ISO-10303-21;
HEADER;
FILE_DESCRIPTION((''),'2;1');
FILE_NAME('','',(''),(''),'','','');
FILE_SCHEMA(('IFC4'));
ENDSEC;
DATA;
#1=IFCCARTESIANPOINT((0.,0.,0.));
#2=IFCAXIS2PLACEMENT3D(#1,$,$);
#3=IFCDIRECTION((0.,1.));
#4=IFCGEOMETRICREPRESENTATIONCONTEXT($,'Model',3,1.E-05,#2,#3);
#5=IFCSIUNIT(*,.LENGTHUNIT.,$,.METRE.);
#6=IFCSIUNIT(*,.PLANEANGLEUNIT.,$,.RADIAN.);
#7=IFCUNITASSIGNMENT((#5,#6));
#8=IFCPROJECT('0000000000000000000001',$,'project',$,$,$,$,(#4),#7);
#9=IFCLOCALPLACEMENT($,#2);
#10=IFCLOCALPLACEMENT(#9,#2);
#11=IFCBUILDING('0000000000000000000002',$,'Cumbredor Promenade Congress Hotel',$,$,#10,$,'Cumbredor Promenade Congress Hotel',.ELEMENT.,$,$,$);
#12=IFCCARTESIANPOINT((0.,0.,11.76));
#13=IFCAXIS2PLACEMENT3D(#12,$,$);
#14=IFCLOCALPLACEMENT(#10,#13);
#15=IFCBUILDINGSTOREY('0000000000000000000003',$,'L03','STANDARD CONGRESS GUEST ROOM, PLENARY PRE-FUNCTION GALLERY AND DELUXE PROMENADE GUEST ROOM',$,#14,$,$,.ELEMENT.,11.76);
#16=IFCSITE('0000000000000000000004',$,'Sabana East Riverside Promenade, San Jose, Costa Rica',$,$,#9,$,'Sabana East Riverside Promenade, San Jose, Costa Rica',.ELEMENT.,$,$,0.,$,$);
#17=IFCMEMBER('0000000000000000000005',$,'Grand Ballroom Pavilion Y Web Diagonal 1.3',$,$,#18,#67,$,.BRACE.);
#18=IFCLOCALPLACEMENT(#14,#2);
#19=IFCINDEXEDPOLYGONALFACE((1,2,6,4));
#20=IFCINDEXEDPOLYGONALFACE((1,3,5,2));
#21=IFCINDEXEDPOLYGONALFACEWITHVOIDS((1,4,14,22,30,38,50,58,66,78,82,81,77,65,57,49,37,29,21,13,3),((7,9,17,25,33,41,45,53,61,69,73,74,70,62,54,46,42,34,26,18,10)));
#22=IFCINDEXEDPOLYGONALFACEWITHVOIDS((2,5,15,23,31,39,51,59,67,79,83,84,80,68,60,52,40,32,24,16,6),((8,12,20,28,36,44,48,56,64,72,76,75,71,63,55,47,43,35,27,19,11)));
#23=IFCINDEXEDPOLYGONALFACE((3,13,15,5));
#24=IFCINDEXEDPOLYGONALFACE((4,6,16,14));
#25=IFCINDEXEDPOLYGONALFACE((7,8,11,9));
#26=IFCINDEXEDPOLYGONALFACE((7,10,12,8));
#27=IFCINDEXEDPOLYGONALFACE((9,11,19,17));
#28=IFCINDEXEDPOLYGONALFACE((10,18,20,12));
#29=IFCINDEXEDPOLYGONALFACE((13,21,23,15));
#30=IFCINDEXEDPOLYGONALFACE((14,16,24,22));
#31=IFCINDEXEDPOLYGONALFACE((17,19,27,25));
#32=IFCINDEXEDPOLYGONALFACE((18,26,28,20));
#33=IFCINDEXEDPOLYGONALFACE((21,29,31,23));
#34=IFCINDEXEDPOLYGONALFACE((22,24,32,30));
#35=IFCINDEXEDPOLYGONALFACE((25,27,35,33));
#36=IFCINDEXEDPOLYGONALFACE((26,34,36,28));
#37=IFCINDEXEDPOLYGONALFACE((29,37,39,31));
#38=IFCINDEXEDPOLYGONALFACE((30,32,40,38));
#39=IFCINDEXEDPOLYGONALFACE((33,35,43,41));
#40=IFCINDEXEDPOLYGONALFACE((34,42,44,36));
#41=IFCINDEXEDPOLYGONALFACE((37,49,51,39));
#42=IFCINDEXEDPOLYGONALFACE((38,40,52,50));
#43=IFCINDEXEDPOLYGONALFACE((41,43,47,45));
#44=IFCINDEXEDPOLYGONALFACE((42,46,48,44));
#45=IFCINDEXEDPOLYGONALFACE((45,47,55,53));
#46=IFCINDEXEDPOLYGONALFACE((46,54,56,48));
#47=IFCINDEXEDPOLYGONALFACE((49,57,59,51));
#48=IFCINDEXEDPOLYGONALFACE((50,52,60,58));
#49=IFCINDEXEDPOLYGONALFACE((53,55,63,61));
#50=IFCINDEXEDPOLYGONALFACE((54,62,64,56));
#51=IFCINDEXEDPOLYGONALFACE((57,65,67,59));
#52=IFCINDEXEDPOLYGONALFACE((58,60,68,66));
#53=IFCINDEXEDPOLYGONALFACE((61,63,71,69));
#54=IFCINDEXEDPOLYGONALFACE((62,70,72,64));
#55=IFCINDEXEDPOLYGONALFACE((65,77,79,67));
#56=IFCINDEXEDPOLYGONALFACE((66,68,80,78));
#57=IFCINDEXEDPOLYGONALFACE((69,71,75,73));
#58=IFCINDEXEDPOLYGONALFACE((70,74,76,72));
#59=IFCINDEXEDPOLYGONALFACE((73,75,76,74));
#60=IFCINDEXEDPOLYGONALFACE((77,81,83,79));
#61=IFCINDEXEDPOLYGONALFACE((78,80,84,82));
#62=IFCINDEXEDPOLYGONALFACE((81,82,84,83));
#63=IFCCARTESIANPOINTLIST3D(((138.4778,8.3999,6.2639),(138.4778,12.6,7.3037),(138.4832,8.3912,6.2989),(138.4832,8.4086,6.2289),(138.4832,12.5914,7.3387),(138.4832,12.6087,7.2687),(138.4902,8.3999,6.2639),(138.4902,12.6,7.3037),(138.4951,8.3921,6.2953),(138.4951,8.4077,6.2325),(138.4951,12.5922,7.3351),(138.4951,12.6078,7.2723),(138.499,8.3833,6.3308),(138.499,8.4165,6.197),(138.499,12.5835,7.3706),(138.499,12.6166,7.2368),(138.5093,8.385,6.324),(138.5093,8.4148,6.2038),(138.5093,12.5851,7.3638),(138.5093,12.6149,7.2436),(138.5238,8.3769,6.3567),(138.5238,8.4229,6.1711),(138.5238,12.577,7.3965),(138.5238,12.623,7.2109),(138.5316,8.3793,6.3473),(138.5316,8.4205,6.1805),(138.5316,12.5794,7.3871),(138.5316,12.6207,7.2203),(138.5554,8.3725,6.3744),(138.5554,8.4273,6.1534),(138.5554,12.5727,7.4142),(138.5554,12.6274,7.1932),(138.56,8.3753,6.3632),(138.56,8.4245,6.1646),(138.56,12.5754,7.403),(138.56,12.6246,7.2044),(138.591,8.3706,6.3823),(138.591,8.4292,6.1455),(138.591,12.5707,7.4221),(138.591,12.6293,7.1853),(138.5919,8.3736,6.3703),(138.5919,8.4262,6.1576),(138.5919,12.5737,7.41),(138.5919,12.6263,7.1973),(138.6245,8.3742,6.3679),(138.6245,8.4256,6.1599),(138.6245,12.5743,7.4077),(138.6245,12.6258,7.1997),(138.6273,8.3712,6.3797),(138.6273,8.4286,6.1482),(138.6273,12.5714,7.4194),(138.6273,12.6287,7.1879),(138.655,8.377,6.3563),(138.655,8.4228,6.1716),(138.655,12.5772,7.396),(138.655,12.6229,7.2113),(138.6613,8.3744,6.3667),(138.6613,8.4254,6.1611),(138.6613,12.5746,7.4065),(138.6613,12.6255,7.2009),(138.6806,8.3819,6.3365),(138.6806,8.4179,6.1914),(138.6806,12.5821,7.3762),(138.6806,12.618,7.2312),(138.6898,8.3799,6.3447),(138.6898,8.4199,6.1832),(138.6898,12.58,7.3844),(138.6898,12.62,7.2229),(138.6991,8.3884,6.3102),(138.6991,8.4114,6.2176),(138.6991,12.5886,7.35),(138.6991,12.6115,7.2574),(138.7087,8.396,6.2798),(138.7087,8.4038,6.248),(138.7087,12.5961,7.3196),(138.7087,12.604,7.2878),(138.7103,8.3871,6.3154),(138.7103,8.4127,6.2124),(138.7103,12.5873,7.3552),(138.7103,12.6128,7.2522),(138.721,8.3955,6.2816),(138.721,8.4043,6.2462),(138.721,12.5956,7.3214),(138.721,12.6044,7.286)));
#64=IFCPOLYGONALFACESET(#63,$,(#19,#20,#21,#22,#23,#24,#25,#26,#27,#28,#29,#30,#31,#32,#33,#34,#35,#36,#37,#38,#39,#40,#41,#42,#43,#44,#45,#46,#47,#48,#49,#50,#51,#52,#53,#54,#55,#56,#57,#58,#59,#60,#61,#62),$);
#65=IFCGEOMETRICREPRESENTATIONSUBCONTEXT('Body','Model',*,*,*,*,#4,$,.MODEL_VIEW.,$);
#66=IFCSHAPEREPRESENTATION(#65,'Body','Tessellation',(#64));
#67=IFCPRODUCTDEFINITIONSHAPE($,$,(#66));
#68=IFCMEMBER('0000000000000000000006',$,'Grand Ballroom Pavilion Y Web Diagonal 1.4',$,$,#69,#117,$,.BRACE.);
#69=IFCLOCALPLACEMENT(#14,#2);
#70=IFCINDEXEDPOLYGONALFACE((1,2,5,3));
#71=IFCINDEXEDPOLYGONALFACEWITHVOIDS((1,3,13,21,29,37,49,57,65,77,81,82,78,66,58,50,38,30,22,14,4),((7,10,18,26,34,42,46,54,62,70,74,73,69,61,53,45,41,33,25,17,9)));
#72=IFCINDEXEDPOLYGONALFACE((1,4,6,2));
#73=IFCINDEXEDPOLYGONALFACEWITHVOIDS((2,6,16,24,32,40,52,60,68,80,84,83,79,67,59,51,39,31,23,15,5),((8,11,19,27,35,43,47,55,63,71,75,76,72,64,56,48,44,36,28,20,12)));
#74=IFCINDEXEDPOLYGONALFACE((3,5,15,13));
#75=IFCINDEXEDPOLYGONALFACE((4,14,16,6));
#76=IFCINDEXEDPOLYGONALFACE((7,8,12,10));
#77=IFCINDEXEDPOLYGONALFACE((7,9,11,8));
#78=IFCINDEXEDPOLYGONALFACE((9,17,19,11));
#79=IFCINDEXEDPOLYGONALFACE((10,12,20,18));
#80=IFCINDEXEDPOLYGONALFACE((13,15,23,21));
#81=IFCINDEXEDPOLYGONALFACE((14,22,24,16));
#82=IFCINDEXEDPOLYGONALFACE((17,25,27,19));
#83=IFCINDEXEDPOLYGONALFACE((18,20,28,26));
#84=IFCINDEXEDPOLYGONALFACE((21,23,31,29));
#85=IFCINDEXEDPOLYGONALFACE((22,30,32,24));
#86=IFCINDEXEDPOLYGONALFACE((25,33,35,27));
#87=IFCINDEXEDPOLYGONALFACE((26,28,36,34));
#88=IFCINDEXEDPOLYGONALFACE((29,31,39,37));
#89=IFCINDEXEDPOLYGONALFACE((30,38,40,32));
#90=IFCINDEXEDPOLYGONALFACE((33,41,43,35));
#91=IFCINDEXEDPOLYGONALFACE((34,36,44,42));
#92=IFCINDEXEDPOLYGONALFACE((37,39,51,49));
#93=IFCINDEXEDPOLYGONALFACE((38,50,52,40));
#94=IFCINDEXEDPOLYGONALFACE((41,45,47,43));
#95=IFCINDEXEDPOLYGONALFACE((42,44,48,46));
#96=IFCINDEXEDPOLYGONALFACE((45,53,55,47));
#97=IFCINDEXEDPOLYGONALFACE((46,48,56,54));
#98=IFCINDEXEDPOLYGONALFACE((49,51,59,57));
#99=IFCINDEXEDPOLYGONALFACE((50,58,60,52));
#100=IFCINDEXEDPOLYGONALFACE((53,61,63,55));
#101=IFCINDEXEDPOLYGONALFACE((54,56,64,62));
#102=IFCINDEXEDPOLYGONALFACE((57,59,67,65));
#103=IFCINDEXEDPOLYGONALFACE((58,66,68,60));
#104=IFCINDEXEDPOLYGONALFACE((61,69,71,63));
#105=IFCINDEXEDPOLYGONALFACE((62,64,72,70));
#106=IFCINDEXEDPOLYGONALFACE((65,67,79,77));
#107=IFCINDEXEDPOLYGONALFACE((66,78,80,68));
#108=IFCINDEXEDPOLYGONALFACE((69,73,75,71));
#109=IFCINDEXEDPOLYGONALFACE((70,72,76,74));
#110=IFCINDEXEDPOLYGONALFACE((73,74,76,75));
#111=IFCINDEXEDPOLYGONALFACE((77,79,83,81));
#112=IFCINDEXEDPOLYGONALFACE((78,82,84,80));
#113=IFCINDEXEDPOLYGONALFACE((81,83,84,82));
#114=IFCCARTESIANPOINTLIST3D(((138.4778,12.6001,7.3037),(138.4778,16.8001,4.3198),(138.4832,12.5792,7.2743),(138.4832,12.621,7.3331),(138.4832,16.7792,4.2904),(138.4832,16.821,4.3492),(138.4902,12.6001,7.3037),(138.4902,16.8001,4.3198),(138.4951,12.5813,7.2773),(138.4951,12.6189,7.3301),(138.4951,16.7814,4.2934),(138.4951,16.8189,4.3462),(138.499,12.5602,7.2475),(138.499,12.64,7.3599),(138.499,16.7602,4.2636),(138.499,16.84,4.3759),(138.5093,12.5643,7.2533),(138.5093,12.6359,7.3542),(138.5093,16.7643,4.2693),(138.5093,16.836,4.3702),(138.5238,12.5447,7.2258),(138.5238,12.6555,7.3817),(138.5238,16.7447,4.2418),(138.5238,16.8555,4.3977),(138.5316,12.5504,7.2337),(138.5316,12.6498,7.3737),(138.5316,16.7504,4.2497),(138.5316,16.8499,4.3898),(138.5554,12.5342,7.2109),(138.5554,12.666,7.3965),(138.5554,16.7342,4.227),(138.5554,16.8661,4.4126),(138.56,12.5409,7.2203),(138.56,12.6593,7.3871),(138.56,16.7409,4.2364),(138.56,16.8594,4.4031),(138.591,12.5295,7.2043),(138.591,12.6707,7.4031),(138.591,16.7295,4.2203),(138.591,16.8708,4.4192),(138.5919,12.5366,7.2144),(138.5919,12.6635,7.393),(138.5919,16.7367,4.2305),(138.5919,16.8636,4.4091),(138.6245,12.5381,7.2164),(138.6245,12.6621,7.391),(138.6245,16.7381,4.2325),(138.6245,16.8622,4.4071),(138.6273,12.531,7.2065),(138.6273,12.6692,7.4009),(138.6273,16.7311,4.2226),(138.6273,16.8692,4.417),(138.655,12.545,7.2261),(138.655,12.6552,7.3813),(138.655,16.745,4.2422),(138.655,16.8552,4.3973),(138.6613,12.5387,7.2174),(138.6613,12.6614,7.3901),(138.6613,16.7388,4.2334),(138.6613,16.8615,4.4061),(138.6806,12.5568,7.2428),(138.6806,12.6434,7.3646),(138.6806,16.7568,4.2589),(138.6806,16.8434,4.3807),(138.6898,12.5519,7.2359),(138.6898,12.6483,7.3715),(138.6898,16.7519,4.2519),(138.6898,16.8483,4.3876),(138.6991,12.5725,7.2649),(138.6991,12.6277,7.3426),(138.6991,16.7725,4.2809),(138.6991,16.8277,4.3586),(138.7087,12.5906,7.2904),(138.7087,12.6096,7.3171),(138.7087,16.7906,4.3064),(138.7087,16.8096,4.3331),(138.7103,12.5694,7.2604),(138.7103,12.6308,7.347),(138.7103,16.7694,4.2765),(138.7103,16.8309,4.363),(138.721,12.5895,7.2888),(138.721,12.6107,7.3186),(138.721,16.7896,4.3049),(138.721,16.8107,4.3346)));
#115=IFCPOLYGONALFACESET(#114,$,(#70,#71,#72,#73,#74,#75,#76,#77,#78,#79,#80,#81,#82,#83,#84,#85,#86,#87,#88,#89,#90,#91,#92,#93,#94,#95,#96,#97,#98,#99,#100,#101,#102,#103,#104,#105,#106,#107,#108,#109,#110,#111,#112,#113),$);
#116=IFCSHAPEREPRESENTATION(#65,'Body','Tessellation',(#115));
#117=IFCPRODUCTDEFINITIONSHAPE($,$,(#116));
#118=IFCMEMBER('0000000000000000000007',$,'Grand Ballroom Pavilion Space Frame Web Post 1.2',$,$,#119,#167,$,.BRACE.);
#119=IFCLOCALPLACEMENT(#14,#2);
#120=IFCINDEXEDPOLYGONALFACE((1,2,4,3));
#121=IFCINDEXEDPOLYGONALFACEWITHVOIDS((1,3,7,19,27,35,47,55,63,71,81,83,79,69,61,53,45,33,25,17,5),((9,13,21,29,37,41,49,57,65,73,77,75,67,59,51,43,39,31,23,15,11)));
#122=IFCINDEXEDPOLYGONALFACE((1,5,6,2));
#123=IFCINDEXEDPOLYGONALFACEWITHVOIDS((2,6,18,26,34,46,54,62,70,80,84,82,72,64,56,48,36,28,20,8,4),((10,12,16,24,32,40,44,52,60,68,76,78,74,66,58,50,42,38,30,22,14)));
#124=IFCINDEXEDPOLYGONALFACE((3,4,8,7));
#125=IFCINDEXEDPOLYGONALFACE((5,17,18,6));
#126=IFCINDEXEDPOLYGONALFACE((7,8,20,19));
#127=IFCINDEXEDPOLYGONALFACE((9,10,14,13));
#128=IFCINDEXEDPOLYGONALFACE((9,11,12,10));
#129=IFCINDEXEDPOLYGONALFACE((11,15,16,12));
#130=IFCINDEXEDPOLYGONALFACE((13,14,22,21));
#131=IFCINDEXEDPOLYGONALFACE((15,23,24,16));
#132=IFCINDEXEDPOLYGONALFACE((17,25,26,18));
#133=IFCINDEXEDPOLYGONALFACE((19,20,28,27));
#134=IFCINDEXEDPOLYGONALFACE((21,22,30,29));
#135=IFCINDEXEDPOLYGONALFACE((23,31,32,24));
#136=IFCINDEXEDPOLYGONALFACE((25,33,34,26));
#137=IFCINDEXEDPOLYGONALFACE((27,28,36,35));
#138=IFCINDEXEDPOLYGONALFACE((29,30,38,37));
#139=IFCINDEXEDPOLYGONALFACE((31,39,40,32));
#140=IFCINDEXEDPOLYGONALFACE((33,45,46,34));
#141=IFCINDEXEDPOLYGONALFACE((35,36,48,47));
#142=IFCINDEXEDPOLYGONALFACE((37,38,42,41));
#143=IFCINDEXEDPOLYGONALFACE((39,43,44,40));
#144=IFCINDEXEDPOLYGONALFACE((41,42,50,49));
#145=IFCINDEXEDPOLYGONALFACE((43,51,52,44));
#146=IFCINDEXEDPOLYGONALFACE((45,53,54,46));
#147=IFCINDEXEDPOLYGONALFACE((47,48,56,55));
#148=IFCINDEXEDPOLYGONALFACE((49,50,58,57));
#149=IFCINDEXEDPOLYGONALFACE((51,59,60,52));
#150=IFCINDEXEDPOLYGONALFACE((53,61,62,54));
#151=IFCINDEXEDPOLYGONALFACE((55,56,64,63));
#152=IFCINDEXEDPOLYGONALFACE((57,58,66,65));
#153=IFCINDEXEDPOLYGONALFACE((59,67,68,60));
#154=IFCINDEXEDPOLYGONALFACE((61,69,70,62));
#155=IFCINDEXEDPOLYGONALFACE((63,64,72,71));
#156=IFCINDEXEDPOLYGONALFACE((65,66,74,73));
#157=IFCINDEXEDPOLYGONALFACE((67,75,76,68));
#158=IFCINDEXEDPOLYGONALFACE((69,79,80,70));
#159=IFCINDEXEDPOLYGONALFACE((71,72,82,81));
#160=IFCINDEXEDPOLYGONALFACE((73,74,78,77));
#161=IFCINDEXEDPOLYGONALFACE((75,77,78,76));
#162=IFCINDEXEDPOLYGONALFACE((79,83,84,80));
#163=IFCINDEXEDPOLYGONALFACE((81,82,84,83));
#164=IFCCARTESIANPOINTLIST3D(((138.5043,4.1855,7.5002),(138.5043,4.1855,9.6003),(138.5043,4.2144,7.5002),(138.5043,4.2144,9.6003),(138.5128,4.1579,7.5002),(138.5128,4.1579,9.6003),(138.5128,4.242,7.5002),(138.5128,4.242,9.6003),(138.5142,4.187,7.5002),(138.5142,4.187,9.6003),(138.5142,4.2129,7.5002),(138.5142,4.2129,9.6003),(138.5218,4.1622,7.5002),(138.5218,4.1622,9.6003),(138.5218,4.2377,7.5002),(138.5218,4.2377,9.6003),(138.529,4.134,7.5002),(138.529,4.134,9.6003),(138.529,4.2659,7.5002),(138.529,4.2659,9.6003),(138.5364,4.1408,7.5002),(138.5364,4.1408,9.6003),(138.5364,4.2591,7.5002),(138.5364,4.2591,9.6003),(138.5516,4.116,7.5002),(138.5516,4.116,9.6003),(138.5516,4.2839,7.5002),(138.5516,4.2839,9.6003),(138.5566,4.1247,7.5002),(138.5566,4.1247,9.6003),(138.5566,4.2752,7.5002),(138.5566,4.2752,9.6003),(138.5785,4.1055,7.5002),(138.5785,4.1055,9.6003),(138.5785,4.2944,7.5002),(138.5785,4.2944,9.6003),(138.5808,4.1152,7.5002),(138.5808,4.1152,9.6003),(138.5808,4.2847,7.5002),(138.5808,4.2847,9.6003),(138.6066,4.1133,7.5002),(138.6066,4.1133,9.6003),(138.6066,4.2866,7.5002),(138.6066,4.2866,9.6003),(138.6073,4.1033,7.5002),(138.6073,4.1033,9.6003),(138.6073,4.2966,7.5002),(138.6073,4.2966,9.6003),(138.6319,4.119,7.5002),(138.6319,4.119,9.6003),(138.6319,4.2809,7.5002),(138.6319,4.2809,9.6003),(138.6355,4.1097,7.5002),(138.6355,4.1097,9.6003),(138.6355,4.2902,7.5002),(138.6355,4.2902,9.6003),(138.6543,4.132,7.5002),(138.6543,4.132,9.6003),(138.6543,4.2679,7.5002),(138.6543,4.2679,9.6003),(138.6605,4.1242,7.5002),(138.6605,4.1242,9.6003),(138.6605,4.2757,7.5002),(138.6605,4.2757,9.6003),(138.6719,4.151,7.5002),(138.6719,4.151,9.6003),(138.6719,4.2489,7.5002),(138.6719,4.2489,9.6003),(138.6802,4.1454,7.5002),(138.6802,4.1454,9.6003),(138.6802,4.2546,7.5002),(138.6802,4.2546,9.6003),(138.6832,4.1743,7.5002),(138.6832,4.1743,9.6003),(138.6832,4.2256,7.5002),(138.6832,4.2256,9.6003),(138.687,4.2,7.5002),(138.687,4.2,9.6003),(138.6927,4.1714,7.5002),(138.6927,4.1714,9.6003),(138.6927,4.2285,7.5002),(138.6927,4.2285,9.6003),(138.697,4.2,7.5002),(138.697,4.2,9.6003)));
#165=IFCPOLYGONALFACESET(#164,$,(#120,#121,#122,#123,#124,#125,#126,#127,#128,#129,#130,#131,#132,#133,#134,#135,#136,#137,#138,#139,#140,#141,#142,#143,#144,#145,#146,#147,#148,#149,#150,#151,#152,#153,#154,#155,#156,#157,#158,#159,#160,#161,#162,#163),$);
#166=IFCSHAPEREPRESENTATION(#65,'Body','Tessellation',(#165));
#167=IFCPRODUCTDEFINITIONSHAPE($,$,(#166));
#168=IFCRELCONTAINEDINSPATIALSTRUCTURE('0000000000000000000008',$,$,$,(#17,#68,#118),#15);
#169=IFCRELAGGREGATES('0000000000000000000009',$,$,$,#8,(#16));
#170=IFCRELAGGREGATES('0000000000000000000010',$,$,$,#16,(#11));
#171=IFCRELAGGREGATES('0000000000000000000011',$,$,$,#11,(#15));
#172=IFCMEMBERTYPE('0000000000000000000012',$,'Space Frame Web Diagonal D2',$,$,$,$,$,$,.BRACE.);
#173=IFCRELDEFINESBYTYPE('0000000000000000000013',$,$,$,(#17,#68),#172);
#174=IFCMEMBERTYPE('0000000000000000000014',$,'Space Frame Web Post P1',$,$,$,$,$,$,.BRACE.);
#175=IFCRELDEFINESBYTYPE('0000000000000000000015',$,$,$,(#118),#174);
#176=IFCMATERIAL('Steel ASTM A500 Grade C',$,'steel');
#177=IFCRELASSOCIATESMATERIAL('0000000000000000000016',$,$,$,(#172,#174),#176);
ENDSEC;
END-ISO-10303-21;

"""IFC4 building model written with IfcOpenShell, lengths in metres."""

from ifc_helpers import new_model, si_unit, direction, frame, origin, origin_2d, place, context, subcontext, project, spatial, hollow_circle, extrude, material, material_profile, profile_set, type_object, element, save


model = new_model("IFC4")

# Units and contexts
model_context = context("Model", 3, precision=1e-05, world=origin(), true_north=direction((0.0, 1.0)))
body_context = subcontext(model_context, "Body", "Model", "MODEL_VIEW")
ifc_project = project(units=[si_unit("LENGTHUNIT", "METRE"), si_unit("PLANEANGLEUNIT", "RADIAN")], contexts=[model_context])

# Site, building, storey
site_placement = place(None, origin())
site = spatial("IfcSite", under=ifc_project, at=site_placement, Name="Sabana East Riverside Promenade, San Jose, Costa Rica", LongName="Sabana East Riverside Promenade, San Jose, Costa Rica", CompositionType="ELEMENT", RefElevation=0.0)
building_placement = place(site_placement, origin())
building = spatial("IfcBuilding", under=site, at=building_placement, Name="Cumbredor Promenade Congress Hotel", LongName="Cumbredor Promenade Congress Hotel", CompositionType="ELEMENT")
storey_placement = place(building_placement, frame((0.0, 0.0, 11.76)))
storey = spatial("IfcBuildingStorey", under=building, at=storey_placement, Name="L03", Description="STANDARD CONGRESS GUEST ROOM, PLENARY PRE-FUNCTION GALLERY AND DELUXE PROMENADE GUEST ROOM", CompositionType="ELEMENT", Elevation=11.76)

# Members
ifc_material_1 = material(Name="Steel ASTM A500 Grade C", Category="steel")
ifc_material_profile_1 = material_profile(ifc_material_1, hollow_circle(Radius=0.1223, WallThickness=0.0125, at=origin_2d()), Name="CHS 244.5x12.5")
ifc_profile_set_1 = profile_set([ifc_material_profile_1], Name="Steel ASTM A500 Grade C")
member_type_1 = type_object("IfcMemberType", Name="Space Frame Web Diagonal D2", PredefinedType="BRACE", material=ifc_profile_set_1)
member_1_placement = place(storey_placement, frame((138.6001, 8.3999, 6.2639), z_axis=(0.0, 0.970698, 0.240305), x_axis=(-1.0, 0.0, 0.0)))
element("IfcMember", 1, at=member_1_placement, inside=storey, type_object=member_type_1, Name="Grand Ballroom Pavilion Y Web Diagonal 1.3", PredefinedType="BRACE", context=body_context, shape_type="SweptSolid", body=[
    extrude(hollow_circle(Radius=0.1223, WallThickness=0.0125, at=origin_2d()), origin(), (0.0, 0.0, 1.0), 4.3269),
])
member_2_placement = place(storey_placement, frame((138.6001, 12.6001, 7.3037), z_axis=(0.0, 0.815207, -0.57917), x_axis=(-1.0, 0.0, 0.0)))
element("IfcMember", 2, at=member_2_placement, inside=storey, type_object=member_type_1, Name="Grand Ballroom Pavilion Y Web Diagonal 1.4", PredefinedType="BRACE", context=body_context, shape_type="SweptSolid", body=[
    extrude(hollow_circle(Radius=0.1223, WallThickness=0.0125, at=origin_2d()), origin(), (0.0, 0.0, 1.0), 5.1521),
])
ifc_material_profile_2 = material_profile(ifc_material_1, hollow_circle(Radius=0.0969, WallThickness=0.01, at=origin_2d()), Name="CHS 193.7x10")
ifc_profile_set_2 = profile_set([ifc_material_profile_2], Name="Steel ASTM A500 Grade C")
member_type_2 = type_object("IfcMemberType", Name="Space Frame Web Post P1", PredefinedType="BRACE", material=ifc_profile_set_2)
member_3_placement = place(storey_placement, frame((138.6001, 4.2, 7.5002), z_axis=(0.0, 0.0, 1.0), x_axis=(1.0, 0.0, 0.0)))
element("IfcMember", 3, at=member_3_placement, inside=storey, type_object=member_type_2, Name="Grand Ballroom Pavilion Space Frame Web Post 1.2", PredefinedType="BRACE", context=body_context, shape_type="SweptSolid", body=[
    extrude(hollow_circle(Radius=0.0969, WallThickness=0.01, at=origin_2d()), origin(), (0.0, 0.0, 1.0), 2.1001),
])

save(model, "model.ifc")
